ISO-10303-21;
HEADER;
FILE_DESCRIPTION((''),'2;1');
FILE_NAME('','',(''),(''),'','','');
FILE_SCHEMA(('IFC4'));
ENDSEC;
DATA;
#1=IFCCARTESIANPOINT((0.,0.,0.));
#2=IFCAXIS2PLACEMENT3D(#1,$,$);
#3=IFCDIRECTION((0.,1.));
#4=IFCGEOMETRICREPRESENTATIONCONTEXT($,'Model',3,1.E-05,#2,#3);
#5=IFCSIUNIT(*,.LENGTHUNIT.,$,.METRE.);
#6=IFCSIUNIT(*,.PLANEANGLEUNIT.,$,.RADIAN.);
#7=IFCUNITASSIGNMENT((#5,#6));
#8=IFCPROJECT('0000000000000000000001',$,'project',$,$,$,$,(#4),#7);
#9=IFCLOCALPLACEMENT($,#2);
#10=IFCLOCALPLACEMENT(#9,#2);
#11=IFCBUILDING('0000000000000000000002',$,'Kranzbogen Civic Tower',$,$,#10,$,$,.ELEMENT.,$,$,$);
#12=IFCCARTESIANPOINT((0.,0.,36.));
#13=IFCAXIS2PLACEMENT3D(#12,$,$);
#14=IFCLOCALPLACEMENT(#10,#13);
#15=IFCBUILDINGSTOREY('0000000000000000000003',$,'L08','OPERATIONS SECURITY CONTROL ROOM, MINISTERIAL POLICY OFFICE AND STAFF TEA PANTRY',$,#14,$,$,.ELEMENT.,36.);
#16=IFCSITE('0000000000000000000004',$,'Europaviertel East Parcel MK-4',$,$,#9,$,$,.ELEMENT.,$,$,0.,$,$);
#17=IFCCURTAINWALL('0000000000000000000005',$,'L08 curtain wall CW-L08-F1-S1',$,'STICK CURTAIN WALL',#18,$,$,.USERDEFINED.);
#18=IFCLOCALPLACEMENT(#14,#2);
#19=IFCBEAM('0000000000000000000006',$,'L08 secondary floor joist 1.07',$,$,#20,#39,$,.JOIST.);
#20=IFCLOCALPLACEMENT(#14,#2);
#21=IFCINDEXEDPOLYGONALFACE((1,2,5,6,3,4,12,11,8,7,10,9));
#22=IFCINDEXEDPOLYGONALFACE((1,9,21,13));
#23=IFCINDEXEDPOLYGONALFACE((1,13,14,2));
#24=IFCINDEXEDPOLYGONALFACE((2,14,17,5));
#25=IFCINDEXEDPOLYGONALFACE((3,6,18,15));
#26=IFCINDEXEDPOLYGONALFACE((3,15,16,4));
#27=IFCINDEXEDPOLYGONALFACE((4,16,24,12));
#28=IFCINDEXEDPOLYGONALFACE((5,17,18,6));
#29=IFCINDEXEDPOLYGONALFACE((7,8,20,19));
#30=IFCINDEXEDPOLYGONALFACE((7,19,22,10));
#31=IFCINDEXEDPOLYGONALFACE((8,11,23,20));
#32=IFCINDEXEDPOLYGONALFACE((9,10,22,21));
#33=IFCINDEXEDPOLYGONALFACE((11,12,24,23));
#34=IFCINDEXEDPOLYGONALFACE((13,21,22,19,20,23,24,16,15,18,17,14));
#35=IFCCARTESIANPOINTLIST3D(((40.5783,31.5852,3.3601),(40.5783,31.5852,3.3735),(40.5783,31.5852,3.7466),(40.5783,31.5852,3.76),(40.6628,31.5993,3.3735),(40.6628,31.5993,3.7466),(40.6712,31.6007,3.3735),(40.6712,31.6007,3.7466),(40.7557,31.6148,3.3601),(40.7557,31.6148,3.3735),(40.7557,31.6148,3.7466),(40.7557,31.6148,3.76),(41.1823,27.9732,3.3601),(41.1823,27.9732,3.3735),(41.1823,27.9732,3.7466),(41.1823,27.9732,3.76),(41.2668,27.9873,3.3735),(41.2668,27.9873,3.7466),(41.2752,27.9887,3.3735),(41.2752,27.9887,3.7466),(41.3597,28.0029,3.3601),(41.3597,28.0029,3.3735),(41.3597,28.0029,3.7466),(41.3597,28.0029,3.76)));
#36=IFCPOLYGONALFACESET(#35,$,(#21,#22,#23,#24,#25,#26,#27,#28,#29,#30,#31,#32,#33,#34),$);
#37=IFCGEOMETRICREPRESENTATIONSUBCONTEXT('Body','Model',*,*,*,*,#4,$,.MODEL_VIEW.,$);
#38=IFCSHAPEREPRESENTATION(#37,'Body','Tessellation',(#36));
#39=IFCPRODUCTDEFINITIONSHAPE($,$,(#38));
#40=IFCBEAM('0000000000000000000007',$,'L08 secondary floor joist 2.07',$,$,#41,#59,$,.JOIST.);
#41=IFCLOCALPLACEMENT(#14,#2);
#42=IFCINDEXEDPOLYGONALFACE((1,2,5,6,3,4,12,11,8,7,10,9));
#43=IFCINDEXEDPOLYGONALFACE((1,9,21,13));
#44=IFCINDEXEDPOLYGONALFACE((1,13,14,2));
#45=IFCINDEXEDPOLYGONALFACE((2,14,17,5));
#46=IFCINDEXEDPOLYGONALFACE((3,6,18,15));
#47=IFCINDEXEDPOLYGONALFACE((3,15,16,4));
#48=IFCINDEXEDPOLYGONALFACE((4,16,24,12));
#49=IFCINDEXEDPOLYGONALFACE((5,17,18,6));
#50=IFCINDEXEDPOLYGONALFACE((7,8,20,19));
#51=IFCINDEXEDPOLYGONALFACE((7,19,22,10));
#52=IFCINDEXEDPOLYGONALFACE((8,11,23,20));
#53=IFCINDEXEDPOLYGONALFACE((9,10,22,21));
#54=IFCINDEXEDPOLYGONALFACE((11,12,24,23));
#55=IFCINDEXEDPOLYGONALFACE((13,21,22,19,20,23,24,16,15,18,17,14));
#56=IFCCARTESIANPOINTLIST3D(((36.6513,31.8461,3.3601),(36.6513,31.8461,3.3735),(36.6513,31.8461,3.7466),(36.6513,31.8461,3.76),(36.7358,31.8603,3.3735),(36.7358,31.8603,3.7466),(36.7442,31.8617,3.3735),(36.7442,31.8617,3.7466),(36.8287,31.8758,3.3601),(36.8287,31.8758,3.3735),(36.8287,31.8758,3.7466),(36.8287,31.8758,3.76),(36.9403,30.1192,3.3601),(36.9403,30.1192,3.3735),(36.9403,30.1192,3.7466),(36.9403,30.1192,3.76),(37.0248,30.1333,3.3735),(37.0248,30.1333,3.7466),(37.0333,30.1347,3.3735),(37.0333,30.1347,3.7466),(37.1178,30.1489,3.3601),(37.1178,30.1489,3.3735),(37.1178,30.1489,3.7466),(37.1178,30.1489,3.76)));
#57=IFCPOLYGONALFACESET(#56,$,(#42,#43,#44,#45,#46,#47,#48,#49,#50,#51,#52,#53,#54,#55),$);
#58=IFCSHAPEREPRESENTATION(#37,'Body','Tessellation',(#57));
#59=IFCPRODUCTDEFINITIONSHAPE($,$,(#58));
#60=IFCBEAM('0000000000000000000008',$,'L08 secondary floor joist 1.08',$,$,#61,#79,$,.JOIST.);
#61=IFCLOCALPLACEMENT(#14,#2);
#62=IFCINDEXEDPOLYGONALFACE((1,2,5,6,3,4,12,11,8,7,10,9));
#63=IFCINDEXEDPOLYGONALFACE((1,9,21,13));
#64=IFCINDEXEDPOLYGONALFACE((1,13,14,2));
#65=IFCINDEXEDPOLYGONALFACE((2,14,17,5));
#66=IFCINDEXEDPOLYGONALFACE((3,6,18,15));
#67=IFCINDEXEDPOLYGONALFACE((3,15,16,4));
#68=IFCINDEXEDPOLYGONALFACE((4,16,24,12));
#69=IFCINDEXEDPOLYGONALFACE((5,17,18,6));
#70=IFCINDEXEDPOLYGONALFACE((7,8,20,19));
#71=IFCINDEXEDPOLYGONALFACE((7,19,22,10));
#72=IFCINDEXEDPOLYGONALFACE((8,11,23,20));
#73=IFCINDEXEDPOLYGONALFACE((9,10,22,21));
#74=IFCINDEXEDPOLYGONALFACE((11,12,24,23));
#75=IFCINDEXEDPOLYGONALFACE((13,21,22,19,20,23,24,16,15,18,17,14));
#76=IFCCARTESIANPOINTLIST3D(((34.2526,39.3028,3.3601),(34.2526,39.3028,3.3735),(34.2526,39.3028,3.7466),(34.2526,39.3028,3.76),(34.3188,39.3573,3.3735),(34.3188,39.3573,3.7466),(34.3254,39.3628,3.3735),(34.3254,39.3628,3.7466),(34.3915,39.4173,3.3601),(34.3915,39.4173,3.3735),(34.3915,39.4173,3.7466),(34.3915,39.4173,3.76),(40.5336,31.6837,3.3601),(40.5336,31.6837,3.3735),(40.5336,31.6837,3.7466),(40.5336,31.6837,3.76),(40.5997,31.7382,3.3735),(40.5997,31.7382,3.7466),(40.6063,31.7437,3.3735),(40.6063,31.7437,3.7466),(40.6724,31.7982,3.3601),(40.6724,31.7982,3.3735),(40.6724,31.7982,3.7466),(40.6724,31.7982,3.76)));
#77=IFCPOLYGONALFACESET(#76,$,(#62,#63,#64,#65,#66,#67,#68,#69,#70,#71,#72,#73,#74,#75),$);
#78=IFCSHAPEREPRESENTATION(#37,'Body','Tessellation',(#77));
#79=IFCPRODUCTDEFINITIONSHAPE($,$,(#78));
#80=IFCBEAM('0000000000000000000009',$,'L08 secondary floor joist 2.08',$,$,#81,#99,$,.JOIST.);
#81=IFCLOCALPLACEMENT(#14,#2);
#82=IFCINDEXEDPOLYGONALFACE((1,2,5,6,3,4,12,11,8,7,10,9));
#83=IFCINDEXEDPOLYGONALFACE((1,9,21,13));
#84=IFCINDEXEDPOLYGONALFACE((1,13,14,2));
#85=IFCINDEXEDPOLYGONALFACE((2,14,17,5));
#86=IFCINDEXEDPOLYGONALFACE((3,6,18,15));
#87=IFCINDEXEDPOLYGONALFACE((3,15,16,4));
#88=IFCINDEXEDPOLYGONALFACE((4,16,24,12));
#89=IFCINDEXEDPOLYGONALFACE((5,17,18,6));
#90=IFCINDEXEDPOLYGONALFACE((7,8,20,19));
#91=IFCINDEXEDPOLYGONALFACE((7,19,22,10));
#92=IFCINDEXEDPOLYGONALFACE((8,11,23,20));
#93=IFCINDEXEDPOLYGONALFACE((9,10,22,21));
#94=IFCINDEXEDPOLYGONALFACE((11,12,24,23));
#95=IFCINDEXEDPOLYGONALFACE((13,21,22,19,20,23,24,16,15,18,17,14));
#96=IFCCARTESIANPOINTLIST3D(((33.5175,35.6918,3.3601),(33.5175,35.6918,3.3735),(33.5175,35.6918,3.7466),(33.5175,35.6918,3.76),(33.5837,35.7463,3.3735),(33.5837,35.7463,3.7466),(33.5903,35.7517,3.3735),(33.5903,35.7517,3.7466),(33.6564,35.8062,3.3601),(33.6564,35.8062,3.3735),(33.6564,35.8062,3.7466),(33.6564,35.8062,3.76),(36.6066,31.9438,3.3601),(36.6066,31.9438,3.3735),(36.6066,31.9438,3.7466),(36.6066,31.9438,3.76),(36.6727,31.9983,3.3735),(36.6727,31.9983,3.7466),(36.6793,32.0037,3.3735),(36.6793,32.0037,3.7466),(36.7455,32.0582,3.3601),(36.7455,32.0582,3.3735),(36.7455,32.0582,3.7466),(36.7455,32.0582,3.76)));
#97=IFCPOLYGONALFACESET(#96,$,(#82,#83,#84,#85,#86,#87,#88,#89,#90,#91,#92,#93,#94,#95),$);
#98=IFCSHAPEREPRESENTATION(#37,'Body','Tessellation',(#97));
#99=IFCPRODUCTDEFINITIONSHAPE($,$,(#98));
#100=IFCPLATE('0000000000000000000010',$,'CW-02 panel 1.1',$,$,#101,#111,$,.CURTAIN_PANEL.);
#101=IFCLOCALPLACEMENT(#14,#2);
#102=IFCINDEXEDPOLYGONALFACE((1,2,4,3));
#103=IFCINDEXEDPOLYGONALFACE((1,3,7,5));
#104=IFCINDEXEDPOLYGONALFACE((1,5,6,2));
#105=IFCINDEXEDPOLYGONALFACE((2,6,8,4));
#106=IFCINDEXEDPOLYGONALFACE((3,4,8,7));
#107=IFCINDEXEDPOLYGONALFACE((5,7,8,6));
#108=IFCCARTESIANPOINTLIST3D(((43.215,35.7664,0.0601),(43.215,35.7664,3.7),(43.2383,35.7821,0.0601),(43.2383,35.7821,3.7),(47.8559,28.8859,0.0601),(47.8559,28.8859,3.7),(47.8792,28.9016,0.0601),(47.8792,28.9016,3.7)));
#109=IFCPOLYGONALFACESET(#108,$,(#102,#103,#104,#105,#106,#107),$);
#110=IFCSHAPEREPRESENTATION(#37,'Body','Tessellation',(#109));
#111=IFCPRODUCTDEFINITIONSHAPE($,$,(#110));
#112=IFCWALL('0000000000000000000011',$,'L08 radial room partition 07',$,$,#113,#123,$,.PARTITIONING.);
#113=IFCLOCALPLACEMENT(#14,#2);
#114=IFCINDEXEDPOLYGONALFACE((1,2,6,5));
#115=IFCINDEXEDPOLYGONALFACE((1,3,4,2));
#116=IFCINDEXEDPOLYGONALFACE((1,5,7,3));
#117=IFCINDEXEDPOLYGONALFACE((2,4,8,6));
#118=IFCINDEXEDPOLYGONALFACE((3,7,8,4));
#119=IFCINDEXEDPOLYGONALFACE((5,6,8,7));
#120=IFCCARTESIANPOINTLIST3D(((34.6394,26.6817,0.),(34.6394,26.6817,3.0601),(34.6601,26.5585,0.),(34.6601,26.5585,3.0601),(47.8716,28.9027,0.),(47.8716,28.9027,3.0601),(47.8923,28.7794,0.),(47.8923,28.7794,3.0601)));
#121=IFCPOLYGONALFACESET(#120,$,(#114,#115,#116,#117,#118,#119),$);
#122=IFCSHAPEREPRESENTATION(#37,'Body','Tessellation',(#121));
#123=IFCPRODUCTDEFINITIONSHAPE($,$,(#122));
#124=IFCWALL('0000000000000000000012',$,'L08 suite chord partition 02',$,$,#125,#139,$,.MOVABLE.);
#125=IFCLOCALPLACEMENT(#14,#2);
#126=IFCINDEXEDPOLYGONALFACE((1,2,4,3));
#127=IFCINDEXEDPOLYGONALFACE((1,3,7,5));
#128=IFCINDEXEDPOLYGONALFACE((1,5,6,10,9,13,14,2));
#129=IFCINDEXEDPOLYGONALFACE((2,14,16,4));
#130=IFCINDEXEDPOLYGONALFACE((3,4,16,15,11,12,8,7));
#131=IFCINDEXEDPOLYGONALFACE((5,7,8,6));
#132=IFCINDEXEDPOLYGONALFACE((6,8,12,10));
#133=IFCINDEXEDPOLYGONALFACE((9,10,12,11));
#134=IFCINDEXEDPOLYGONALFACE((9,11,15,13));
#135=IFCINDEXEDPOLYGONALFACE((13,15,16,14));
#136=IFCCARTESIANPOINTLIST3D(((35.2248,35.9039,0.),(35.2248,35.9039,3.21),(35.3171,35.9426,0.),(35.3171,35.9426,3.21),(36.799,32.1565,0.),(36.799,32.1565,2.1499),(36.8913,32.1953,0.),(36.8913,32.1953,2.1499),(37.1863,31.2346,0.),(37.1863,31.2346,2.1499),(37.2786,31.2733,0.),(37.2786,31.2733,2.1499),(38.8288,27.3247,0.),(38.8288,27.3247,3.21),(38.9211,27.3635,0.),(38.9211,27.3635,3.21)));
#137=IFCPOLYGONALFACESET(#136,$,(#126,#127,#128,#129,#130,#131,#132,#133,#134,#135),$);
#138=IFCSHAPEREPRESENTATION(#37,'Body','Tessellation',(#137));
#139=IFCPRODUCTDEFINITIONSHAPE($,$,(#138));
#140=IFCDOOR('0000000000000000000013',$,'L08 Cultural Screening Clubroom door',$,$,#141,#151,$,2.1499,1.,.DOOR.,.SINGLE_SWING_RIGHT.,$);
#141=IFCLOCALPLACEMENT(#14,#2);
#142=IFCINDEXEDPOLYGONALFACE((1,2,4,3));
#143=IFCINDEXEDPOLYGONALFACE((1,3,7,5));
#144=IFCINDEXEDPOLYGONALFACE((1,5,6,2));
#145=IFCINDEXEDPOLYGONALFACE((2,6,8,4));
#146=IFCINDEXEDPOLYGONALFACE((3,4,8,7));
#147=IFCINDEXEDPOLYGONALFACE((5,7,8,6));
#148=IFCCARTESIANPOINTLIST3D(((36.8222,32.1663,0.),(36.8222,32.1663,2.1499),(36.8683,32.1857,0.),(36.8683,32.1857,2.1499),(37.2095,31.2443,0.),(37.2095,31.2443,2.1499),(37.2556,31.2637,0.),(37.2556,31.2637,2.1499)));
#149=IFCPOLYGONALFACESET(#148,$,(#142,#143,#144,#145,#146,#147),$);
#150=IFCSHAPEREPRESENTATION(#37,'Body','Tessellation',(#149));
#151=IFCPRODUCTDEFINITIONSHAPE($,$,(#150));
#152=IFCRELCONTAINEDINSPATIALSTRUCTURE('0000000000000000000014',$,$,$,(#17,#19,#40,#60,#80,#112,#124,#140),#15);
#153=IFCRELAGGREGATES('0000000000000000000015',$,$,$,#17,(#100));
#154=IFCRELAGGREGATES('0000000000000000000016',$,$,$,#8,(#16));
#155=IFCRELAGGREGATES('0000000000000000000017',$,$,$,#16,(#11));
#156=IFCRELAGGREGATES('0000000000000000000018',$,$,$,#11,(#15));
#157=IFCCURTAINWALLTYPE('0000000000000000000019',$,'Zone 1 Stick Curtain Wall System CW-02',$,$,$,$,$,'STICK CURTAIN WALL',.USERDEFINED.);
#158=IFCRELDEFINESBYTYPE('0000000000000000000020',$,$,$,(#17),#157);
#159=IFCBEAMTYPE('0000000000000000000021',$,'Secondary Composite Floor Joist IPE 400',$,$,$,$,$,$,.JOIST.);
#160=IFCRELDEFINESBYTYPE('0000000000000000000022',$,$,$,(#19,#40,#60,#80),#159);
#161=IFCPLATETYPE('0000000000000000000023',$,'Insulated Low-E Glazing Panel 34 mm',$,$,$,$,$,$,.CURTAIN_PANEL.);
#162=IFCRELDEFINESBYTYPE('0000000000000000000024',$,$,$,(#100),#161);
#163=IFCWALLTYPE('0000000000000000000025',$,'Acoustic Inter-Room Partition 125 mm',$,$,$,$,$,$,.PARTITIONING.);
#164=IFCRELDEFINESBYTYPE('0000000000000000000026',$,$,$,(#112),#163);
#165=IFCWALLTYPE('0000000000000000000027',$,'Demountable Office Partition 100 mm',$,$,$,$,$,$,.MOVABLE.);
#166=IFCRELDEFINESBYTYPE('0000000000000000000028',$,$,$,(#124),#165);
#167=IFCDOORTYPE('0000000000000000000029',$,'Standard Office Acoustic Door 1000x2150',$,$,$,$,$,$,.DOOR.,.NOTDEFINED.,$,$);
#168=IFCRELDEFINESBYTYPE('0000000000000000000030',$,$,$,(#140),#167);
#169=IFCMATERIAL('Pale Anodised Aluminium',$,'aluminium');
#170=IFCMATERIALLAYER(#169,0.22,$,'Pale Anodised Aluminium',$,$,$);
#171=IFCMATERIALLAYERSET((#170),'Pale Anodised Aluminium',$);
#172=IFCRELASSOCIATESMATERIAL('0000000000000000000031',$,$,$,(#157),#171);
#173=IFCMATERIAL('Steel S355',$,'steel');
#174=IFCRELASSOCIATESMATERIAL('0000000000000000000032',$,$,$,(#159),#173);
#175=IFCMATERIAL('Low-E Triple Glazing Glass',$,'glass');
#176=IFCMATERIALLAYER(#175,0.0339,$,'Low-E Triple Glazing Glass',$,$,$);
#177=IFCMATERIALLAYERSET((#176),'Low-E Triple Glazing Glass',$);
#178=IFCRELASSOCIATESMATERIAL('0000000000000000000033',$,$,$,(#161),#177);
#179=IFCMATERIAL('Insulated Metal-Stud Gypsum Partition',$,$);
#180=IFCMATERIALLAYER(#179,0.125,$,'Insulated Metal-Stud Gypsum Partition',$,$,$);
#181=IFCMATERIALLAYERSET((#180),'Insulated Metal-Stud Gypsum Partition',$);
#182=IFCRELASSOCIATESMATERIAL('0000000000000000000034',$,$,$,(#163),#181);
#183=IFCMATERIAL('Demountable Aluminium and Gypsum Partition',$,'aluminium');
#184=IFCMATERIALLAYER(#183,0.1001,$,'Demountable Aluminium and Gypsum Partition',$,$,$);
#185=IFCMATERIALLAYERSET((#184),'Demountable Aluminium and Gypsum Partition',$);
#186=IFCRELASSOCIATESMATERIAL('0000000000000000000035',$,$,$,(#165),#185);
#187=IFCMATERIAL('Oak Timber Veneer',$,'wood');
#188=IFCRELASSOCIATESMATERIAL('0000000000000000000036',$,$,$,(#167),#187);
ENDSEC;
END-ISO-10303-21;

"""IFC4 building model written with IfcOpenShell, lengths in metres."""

from ifc_helpers import new_model, si_unit, direction, frame, frame_2d, origin, origin_2d, place, context, subcontext, project, spatial, rectangle, i_section, extrude, material, layer, layer_set, material_profile, profile_set, type_object, element, fill, aggregate, save


model = new_model("IFC4")

# Units and contexts
model_context = context("Model", 3, precision=1e-05, world=origin(), true_north=direction((0.0, 1.0)))
body_context = subcontext(model_context, "Body", "Model", "MODEL_VIEW")
ifc_project = project(units=[si_unit("LENGTHUNIT", "METRE"), si_unit("PLANEANGLEUNIT", "RADIAN")], contexts=[model_context])

# Site, building, storey
site_placement = place(None, origin())
site = spatial("IfcSite", under=ifc_project, at=site_placement, Name="Europaviertel East Parcel MK-4", CompositionType="ELEMENT", RefElevation=0.0)
building_placement = place(site_placement, origin())
building = spatial("IfcBuilding", under=site, at=building_placement, Name="Kranzbogen Civic Tower", CompositionType="ELEMENT")
storey_placement = place(building_placement, frame((0.0, 0.0, 36.0)))
storey = spatial("IfcBuildingStorey", under=building, at=storey_placement, Name="L08", Description="OPERATIONS SECURITY CONTROL ROOM, MINISTERIAL POLICY OFFICE AND STAFF TEA PANTRY", CompositionType="ELEMENT", Elevation=36.0)

# Curtain wall
ifc_material_1 = material(Name="Pale Anodised Aluminium", Category="aluminium")
ifc_layer_1 = layer(ifc_material_1, 0.22, Name="Pale Anodised Aluminium")
ifc_layer_set_1 = layer_set([ifc_layer_1], Name="Pale Anodised Aluminium")
curtain_wall_type = type_object("IfcCurtainWallType", Name="Zone 1 Stick Curtain Wall System CW-02", ElementType="STICK CURTAIN WALL", PredefinedType="USERDEFINED", material=ifc_layer_set_1)
curtain_wall_placement = place(storey_placement, origin())
curtain_wall = element("IfcCurtainWall", 1, at=curtain_wall_placement, inside=storey, type_object=curtain_wall_type, Name="L08 curtain wall CW-L08-F1-S1", ObjectType="STICK CURTAIN WALL", PredefinedType="USERDEFINED")

# Beams
ifc_material_2 = material(Name="Steel S355", Category="steel")
ifc_material_profile_1 = material_profile(ifc_material_2, i_section(OverallWidth=0.1799, OverallDepth=0.3999, WebThickness=0.0085, FlangeThickness=0.0134, at=origin_2d()), Name="IPE 400")
ifc_profile_set_1 = profile_set([ifc_material_profile_1], Name="Steel S355")
beam_type_1 = type_object("IfcBeamType", Name="Secondary Composite Floor Joist IPE 400", PredefinedType="JOIST", material=ifc_profile_set_1)
beam_1_placement = place(storey_placement, frame((41.271, 27.988, 3.5601), z_axis=(-0.164929, 0.986305, 0.0), x_axis=(-0.986305, -0.164929, 0.0)))
element("IfcBeam", 2, at=beam_1_placement, inside=storey, type_object=beam_type_1, Name="L08 secondary floor joist 1.07", PredefinedType="JOIST", context=body_context, shape_type="SweptSolid", body=[
    extrude(i_section(OverallWidth=0.1799, OverallDepth=0.3999, WebThickness=0.0085, FlangeThickness=0.0134, at=origin_2d()), origin(), (0.0, 0.0, 1.0), 3.6621),
])
beam_2_placement = place(storey_placement, frame((37.0291, 30.134, 3.5601), z_axis=(-0.165077, 0.986281, 0.0), x_axis=(-0.986281, -0.165077, 0.0)))
element("IfcBeam", 3, at=beam_2_placement, inside=storey, type_object=beam_type_1, Name="L08 secondary floor joist 2.07", PredefinedType="JOIST", context=body_context, shape_type="SweptSolid", body=[
    extrude(i_section(OverallWidth=0.1799, OverallDepth=0.3999, WebThickness=0.0085, FlangeThickness=0.0134, at=origin_2d()), origin(), (0.0, 0.0, 1.0), 1.751),
])
beam_3_placement = place(storey_placement, frame((40.603, 31.741, 3.5601), z_axis=(-0.636095, 0.771611, 0.0), x_axis=(-0.771611, -0.636095, 0.0)))
element("IfcBeam", 4, at=beam_3_placement, inside=storey, type_object=beam_type_1, Name="L08 secondary floor joist 1.08", PredefinedType="JOIST", context=body_context, shape_type="SweptSolid", body=[
    extrude(i_section(OverallWidth=0.1799, OverallDepth=0.3999, WebThickness=0.0085, FlangeThickness=0.0134, at=origin_2d()), origin(), (0.0, 0.0, 1.0), 9.8743),
])
beam_4_placement = place(storey_placement, frame((36.676, 32.001, 3.5601), z_axis=(-0.636012, 0.771679, 0.0), x_axis=(-0.771679, -0.636012, 0.0)))
element("IfcBeam", 5, at=beam_4_placement, inside=storey, type_object=beam_type_1, Name="L08 secondary floor joist 2.08", PredefinedType="JOIST", context=body_context, shape_type="SweptSolid", body=[
    extrude(i_section(OverallWidth=0.1799, OverallDepth=0.3999, WebThickness=0.0085, FlangeThickness=0.0134, at=origin_2d()), origin(), (0.0, 0.0, 1.0), 4.8569),
])

# Plate
ifc_material_3 = material(Name="Low-E Triple Glazing Glass", Category="glass")
ifc_layer_2 = layer(ifc_material_3, 0.0339, Name="Low-E Triple Glazing Glass")
ifc_layer_set_2 = layer_set([ifc_layer_2], Name="Low-E Triple Glazing Glass")
plate_type = type_object("IfcPlateType", Name="Insulated Low-E Glazing Panel 34 mm", PredefinedType="CURTAIN_PANEL", material=ifc_layer_set_2)
plate_placement = place(storey_placement, frame((45.5471, 32.334, 0.0601), z_axis=(0.0, 0.0, 1.0), x_axis=(-0.559187, 0.829041, 0.0)))
plate = element("IfcPlate", 6, at=plate_placement, type_object=plate_type, Name="CW-02 panel 1.1", PredefinedType="CURTAIN_PANEL", context=body_context, shape_type="SweptSolid", body=[
    extrude(rectangle(XDim=8.2993, YDim=0.0281, at=origin_2d()), origin(), (0.0, 0.0, 1.0), 3.6399),
])
aggregate(curtain_wall, [plate])

# Wall
ifc_material_4 = material(Name="Insulated Metal-Stud Gypsum Partition")
ifc_layer_3 = layer(ifc_material_4, 0.125, Name="Insulated Metal-Stud Gypsum Partition")
ifc_layer_set_3 = layer_set([ifc_layer_3], Name="Insulated Metal-Stud Gypsum Partition")
wall_type_1 = type_object("IfcWallType", Name="Acoustic Inter-Room Partition 125 mm", PredefinedType="PARTITIONING", material=ifc_layer_set_3)
wall_1_placement = place(storey_placement, frame((34.6499, 26.6201, 0.0), z_axis=(0.0, 0.0, 1.0), x_axis=(0.986205, 0.165529, 0.0)))
element("IfcWall", 7, at=wall_1_placement, inside=storey, type_object=wall_type_1, Name="L08 radial room partition 07", PredefinedType="PARTITIONING", context=body_context, shape_type="SweptSolid", body=[
    extrude(rectangle(XDim=13.4172, YDim=0.125, at=frame_2d((6.7085, 0.0))), origin(), (0.0, 0.0, 1.0), 3.0601),
])

# Wall, opening, door
ifc_material_5 = material(Name="Demountable Aluminium and Gypsum Partition", Category="aluminium")
ifc_layer_4 = layer(ifc_material_5, 0.1001, Name="Demountable Aluminium and Gypsum Partition")
ifc_layer_set_4 = layer_set([ifc_layer_4], Name="Demountable Aluminium and Gypsum Partition")
wall_type_2 = type_object("IfcWallType", Name="Demountable Office Partition 100 mm", PredefinedType="MOVABLE", material=ifc_layer_set_4)
wall_2_placement = place(storey_placement, frame((38.875, 27.344, 0.0), z_axis=(0.0, 0.0, 1.0), x_axis=(-0.387304, 0.921952, 0.0)))
wall_2 = element("IfcWall", 8, at=wall_2_placement, inside=storey, type_object=wall_type_2, Name="L08 suite chord partition 02", PredefinedType="MOVABLE", context=body_context, shape_type="SweptSolid", body=[
    extrude(rectangle(XDim=9.3054, YDim=0.1001, at=frame_2d((4.6528, 0.0))), origin(), (0.0, 0.0, 1.0), 3.21),
])
opening_placement = place(wall_2_placement, frame((4.241, 0.0, 0.0)))
opening = element("IfcOpeningElement", 9, at=opening_placement, cuts=wall_2, PredefinedType="OPENING", context=body_context, shape_type="SweptSolid", body=[
    extrude(rectangle(XDim=1.0, YDim=2.1499, at=frame_2d((0.5, 1.075))), frame((0.0, 0.0601, 0.0), z_axis=(0.0, -1.0, 0.0), x_axis=(1.0, 0.0, 0.0)), (0.0, 0.0, 1.0), 0.1201),
])
ifc_material_6 = material(Name="Oak Timber Veneer", Category="wood")
door_type = type_object("IfcDoorType", Name="Standard Office Acoustic Door 1000x2150", OperationType="NOTDEFINED", PredefinedType="DOOR", material=ifc_material_6)
door_placement = place(opening_placement, origin())
door = element("IfcDoor", 10, at=door_placement, inside=storey, type_object=door_type, Name="L08 Cultural Screening Clubroom door", OperationType="SINGLE_SWING_RIGHT", OverallHeight=2.1499, OverallWidth=1.0, PredefinedType="DOOR", context=body_context, shape_type="SweptSolid", body=[
    extrude(rectangle(XDim=1.0, YDim=2.1499, at=frame_2d((0.5, 1.075))), frame((0.0, 0.0249, 0.0), z_axis=(0.0, -1.0, 0.0), x_axis=(1.0, 0.0, 0.0)), (0.0, 0.0, 1.0), 0.05),
])
fill(opening, door)

save(model, "model.ifc")
